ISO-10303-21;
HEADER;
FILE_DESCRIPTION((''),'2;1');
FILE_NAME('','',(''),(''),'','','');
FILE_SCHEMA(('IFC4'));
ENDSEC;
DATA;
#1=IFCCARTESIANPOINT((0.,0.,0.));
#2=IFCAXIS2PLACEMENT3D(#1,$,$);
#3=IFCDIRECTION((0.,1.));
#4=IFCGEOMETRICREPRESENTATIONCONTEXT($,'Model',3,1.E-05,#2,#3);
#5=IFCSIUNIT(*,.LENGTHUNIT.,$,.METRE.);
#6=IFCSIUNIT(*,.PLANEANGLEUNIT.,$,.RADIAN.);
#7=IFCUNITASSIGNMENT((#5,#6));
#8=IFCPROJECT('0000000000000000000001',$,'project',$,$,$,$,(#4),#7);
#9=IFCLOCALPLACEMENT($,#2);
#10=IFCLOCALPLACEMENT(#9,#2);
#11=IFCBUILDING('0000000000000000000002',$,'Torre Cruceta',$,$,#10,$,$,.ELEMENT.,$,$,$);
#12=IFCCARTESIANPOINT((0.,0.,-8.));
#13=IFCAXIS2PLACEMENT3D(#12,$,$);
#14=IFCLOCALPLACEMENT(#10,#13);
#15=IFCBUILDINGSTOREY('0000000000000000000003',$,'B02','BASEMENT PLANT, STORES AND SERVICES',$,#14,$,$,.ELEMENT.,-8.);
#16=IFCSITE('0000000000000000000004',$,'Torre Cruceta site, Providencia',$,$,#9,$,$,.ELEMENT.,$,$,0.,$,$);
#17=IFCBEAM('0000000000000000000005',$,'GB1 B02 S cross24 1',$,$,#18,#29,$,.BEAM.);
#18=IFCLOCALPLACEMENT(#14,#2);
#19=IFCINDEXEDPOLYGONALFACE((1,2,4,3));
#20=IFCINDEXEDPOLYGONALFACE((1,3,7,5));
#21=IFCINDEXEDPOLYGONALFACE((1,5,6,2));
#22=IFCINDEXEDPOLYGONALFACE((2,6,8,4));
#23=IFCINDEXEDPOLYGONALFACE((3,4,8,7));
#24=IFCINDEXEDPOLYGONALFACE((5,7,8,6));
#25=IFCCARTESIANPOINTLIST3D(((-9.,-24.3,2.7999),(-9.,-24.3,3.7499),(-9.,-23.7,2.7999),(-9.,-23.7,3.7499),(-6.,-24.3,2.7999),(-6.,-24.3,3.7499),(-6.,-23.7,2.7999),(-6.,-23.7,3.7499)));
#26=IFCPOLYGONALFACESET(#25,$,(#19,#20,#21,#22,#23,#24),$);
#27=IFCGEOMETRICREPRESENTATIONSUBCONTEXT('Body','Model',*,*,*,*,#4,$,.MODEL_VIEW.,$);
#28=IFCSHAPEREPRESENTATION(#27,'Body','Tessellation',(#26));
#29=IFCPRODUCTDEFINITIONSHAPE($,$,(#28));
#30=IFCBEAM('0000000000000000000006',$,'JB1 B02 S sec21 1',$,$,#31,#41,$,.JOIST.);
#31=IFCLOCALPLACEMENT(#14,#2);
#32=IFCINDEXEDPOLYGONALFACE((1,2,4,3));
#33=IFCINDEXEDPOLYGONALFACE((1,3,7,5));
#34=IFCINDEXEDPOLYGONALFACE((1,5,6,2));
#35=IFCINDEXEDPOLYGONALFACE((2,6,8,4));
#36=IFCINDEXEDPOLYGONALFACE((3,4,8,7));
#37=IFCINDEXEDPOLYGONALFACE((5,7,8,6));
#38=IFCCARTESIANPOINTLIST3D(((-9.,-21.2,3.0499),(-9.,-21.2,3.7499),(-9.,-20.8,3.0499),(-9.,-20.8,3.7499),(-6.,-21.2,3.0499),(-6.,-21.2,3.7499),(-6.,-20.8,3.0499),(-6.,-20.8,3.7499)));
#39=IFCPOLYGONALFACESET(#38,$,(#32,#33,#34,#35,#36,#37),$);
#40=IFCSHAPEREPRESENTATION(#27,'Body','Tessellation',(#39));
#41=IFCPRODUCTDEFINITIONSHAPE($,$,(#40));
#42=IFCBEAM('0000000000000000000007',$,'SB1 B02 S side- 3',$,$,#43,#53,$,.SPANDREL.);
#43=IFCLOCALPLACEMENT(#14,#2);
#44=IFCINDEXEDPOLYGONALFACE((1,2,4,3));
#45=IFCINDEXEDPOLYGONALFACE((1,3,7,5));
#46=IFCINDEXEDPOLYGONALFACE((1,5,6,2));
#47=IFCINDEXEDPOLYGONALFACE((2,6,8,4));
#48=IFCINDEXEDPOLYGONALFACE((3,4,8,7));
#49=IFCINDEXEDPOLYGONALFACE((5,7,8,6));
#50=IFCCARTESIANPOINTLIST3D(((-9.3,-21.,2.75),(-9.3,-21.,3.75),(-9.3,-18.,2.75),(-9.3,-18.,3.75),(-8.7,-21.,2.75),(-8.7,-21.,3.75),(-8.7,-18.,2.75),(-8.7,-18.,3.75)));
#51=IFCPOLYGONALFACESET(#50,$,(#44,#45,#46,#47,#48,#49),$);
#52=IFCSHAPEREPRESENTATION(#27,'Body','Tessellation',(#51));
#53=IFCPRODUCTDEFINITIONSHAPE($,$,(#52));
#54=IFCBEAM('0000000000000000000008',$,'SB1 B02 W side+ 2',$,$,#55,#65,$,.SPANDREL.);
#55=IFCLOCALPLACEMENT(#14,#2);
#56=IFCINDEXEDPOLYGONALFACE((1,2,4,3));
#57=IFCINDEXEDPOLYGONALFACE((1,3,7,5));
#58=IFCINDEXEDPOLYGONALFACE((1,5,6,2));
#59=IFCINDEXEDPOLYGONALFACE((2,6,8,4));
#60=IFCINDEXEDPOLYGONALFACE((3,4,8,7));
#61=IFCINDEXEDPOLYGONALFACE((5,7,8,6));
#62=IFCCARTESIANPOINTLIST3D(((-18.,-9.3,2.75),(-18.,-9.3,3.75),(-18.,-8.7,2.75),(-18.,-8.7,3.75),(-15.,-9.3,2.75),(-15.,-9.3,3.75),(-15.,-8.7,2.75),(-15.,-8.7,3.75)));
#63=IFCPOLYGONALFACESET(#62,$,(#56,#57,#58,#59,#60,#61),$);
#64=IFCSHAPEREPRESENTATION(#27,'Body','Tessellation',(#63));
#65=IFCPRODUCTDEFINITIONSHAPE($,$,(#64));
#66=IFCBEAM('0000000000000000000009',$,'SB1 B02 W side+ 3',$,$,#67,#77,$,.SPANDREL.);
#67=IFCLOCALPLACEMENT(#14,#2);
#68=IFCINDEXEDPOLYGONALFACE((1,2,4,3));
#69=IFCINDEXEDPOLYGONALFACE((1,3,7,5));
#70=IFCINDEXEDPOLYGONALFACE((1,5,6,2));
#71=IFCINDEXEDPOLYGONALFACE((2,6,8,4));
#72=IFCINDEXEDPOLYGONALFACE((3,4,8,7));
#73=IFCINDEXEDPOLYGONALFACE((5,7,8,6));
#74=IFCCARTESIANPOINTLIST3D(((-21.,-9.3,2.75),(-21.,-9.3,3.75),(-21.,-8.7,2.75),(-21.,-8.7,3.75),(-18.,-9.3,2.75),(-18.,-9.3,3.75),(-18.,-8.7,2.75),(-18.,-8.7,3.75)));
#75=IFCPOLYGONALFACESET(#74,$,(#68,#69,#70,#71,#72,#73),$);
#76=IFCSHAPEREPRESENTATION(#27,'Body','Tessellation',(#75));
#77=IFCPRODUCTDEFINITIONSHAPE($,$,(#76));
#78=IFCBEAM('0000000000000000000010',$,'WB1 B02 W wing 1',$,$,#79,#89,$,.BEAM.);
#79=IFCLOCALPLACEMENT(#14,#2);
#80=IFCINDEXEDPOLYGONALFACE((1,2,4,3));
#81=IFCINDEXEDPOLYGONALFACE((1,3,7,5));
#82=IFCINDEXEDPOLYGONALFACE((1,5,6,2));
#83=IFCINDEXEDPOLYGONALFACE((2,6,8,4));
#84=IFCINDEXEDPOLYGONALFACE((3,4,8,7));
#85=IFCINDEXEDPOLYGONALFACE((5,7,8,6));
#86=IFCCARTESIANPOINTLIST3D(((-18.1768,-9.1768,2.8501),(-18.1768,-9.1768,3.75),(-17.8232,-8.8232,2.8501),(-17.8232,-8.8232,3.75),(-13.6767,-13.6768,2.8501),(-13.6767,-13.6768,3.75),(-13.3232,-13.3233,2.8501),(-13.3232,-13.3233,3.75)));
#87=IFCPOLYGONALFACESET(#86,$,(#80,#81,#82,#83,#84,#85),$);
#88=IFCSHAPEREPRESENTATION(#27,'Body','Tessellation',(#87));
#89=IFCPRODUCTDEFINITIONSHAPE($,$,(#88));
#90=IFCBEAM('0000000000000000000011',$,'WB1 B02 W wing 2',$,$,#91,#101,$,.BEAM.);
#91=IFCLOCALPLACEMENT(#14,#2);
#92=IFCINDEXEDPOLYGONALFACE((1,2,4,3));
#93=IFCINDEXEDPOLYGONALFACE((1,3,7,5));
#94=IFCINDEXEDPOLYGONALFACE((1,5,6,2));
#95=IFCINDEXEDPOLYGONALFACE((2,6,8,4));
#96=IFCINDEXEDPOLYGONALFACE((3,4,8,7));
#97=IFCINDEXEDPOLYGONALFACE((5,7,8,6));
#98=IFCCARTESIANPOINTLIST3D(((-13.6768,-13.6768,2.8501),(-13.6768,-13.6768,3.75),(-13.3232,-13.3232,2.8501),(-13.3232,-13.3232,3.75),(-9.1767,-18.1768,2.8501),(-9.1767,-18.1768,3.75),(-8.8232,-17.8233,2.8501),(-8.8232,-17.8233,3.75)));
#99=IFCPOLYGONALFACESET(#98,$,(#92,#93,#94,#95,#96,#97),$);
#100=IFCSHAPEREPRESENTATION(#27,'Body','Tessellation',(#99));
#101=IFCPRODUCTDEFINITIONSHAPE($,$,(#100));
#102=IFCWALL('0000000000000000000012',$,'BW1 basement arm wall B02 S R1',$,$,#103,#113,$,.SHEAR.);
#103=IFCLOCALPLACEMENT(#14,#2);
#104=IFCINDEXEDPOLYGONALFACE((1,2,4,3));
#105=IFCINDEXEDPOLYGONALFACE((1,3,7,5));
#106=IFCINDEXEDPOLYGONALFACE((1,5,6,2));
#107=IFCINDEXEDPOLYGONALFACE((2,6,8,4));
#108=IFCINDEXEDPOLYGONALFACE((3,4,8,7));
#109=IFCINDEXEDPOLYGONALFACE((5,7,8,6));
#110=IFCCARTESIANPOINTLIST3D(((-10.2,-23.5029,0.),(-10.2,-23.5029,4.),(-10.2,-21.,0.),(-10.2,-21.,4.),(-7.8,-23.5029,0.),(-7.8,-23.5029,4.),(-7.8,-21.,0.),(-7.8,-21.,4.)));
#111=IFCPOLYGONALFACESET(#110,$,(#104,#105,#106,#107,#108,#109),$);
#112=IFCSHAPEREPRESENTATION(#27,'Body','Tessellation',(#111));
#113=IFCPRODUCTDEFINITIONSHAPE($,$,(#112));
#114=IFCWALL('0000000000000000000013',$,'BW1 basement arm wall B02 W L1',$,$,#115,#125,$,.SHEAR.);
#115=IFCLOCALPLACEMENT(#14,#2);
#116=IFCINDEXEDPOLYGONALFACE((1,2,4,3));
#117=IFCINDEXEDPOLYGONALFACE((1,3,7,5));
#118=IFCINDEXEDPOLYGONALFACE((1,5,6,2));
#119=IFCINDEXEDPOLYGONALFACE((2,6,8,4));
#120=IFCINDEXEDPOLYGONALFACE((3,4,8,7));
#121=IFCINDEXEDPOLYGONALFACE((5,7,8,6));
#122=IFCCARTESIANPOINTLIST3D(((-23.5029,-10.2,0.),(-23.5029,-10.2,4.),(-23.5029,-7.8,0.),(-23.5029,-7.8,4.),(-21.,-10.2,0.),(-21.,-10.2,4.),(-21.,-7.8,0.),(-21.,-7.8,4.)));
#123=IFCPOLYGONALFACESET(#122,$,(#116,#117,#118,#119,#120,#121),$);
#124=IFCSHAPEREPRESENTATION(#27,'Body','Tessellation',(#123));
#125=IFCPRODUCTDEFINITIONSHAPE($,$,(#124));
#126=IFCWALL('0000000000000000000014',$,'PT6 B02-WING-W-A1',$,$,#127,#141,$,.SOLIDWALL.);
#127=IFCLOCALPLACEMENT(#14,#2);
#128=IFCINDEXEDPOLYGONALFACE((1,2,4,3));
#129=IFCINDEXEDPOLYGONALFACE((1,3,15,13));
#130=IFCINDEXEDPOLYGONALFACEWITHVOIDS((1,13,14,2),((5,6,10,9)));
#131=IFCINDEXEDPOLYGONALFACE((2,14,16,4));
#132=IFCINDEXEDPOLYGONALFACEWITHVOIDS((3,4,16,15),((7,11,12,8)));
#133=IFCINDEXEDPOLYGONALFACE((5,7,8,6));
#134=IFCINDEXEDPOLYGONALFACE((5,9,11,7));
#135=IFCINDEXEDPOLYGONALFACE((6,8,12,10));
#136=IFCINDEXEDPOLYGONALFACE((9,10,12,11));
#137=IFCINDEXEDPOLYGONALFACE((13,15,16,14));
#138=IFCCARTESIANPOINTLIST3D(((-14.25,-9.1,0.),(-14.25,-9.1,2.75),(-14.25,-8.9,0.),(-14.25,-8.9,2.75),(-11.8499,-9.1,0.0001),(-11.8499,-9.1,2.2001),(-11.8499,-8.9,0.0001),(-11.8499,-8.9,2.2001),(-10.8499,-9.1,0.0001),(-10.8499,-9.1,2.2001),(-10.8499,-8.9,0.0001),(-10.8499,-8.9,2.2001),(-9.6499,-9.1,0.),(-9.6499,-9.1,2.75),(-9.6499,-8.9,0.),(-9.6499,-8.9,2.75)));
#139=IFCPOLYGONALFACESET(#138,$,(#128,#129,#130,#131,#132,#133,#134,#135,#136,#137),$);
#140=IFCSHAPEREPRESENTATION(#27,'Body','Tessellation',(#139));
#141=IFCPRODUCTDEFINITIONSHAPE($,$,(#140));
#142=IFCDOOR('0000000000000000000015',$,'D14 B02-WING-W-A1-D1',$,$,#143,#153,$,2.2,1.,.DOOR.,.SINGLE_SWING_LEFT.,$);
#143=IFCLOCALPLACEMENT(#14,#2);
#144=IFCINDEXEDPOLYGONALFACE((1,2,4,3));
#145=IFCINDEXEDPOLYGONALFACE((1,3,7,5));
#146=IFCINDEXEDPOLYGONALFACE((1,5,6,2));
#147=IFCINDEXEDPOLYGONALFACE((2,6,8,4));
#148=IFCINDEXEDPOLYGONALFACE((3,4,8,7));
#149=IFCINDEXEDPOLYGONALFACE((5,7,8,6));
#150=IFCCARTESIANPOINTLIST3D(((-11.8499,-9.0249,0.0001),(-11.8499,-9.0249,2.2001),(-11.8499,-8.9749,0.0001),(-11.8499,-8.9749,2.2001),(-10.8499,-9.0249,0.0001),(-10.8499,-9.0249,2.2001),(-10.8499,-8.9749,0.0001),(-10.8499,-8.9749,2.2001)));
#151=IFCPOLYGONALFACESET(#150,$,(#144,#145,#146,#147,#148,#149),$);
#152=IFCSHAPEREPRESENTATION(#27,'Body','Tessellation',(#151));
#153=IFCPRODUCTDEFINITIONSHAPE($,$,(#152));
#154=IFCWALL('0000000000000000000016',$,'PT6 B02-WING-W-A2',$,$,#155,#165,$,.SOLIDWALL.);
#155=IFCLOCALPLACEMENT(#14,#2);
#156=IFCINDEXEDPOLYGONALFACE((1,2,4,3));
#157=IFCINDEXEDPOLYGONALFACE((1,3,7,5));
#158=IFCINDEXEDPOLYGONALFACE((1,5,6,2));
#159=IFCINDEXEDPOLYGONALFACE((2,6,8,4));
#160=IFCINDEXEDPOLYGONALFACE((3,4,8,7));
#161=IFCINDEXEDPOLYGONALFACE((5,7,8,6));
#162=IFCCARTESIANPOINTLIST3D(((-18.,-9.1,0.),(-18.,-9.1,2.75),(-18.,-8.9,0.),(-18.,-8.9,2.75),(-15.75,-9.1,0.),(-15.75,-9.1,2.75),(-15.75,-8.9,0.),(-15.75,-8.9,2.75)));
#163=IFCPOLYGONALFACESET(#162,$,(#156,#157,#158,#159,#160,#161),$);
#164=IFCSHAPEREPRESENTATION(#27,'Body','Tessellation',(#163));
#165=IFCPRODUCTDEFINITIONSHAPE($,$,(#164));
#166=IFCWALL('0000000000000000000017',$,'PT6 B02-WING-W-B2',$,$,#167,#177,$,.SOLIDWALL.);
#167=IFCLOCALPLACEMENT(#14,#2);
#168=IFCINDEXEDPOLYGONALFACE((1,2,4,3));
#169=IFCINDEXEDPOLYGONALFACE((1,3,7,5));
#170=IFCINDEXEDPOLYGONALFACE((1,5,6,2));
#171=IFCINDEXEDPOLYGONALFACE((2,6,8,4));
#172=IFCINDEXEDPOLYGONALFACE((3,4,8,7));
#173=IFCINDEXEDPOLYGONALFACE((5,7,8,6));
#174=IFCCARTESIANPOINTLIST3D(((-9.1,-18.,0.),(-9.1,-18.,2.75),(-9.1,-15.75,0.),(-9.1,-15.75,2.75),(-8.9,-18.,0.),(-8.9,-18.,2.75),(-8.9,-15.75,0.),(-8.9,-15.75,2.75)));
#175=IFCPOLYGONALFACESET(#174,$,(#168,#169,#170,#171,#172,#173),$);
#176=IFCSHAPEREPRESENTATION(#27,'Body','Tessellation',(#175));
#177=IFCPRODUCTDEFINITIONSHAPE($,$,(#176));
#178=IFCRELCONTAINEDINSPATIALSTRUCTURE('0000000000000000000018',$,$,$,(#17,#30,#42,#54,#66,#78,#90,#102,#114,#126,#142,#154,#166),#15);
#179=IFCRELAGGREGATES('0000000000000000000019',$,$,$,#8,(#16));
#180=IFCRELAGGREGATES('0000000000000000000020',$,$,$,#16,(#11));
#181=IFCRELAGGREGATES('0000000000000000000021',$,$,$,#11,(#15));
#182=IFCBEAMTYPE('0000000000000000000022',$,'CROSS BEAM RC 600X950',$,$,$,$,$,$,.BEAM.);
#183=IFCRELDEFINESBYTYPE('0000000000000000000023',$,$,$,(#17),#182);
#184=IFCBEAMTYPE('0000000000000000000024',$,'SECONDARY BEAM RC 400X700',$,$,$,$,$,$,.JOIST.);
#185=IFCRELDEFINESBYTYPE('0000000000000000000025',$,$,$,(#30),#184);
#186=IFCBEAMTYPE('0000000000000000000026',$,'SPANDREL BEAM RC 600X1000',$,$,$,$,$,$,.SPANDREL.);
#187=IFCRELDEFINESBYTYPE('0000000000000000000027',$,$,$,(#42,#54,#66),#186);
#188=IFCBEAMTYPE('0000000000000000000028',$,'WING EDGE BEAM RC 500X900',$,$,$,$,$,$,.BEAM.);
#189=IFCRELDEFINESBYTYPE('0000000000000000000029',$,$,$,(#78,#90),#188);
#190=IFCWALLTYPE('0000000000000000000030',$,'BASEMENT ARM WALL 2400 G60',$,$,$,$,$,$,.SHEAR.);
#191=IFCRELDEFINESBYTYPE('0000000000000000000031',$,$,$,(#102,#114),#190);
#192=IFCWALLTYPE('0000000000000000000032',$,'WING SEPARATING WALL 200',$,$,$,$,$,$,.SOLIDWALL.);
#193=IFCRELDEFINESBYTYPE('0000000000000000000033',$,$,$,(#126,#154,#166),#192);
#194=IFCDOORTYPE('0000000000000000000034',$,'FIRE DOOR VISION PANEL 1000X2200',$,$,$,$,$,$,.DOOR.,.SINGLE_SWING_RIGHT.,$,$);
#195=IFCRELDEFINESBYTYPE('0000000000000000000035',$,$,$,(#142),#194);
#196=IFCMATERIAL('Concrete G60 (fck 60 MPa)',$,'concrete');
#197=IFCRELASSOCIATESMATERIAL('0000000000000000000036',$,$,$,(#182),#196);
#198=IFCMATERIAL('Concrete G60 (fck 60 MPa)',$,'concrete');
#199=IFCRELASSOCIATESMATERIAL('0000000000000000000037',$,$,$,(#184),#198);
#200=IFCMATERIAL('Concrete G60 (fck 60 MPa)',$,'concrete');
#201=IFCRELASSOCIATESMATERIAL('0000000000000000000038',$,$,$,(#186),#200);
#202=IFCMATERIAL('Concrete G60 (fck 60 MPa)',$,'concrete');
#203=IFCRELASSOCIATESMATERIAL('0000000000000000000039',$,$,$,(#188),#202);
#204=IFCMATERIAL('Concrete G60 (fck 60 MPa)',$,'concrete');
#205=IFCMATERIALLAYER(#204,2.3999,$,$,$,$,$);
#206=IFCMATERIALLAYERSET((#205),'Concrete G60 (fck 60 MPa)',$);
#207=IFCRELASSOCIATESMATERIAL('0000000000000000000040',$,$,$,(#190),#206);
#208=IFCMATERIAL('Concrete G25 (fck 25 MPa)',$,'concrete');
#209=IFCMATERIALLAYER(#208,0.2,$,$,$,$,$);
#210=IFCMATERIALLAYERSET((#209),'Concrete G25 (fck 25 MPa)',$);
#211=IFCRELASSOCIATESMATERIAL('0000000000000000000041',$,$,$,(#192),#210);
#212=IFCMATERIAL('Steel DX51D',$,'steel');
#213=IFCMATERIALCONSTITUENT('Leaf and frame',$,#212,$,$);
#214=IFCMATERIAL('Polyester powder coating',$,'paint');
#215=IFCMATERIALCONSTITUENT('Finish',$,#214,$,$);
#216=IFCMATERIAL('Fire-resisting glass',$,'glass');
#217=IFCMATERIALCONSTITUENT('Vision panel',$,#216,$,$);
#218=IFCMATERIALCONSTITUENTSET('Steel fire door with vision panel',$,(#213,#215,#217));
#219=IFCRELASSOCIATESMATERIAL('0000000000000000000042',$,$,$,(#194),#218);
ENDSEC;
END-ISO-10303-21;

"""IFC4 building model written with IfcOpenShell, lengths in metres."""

from ifc_helpers import new_model, si_unit, direction, frame, frame_2d, origin, origin_2d, place, context, subcontext, project, spatial, rectangle, extrude, material, layer, layer_set, constituent, constituent_set, material_profile, profile_set, type_object, element, fill, save


model = new_model("IFC4")

# Units and contexts
model_context = context("Model", 3, precision=1e-05, world=origin(), true_north=direction((0.0, 1.0)))
body_context = subcontext(model_context, "Body", "Model", "MODEL_VIEW")
ifc_project = project(units=[si_unit("LENGTHUNIT", "METRE"), si_unit("PLANEANGLEUNIT", "RADIAN")], contexts=[model_context])

# Site, building, storey
site_placement = place(None, origin())
site = spatial("IfcSite", under=ifc_project, at=site_placement, Name="Torre Cruceta site, Providencia", CompositionType="ELEMENT", RefElevation=0.0)
building_placement = place(site_placement, origin())
building = spatial("IfcBuilding", under=site, at=building_placement, Name="Torre Cruceta", CompositionType="ELEMENT")
storey_placement = place(building_placement, frame((0.0, 0.0, -8.0)))
storey = spatial("IfcBuildingStorey", under=building, at=storey_placement, Name="B02", Description="BASEMENT PLANT, STORES AND SERVICES", CompositionType="ELEMENT", Elevation=-8.0)

# Beams
ifc_material_1 = material(Name="Concrete G60 (fck 60 MPa)", Category="concrete")
ifc_material_profile_1 = material_profile(ifc_material_1, rectangle(XDim=0.6001, YDim=0.95, at=origin_2d()), Name="RC 600X950")
ifc_profile_set_1 = profile_set([ifc_material_profile_1], Name="Concrete G60 (fck 60 MPa)")
beam_type_1 = type_object("IfcBeamType", Name="CROSS BEAM RC 600X950", PredefinedType="BEAM", material=ifc_profile_set_1)
for number, where, z_axis, x_axis, name in (
    (1, (-9.0, -24.0, 3.2749), (1.0, 0.0, 0.0), (0.0, 1.0, 0.0), "GB1 B02 S cross24 1"),
):
    element("IfcBeam", number, at=place(storey_placement, frame(where, z_axis=z_axis, x_axis=x_axis)), inside=storey, type_object=beam_type_1, Name=name, PredefinedType="BEAM", context=body_context, shape_type="SweptSolid", body=[
        extrude(rectangle(XDim=0.6001, YDim=0.95, at=origin_2d()), origin(), (0.0, 0.0, 1.0), 3.0),
    ])
ifc_material_2 = material(Name="Concrete G60 (fck 60 MPa)", Category="concrete")
ifc_material_profile_2 = material_profile(ifc_material_2, rectangle(XDim=0.3999, YDim=0.7, at=origin_2d()), Name="RC 400X700")
ifc_profile_set_2 = profile_set([ifc_material_profile_2], Name="Concrete G60 (fck 60 MPa)")
beam_type_2 = type_object("IfcBeamType", Name="SECONDARY BEAM RC 400X700", PredefinedType="JOIST", material=ifc_profile_set_2)
beam_placement = place(storey_placement, frame((-9.0, -21.0, 3.3999), z_axis=(1.0, 0.0, 0.0), x_axis=(0.0, 1.0, 0.0)))
element("IfcBeam", 2, at=beam_placement, inside=storey, type_object=beam_type_2, Name="JB1 B02 S sec21 1", PredefinedType="JOIST", context=body_context, shape_type="SweptSolid", body=[
    extrude(rectangle(XDim=0.3999, YDim=0.7, at=origin_2d()), origin(), (0.0, 0.0, 1.0), 3.0),
])
ifc_material_3 = material(Name="Concrete G60 (fck 60 MPa)", Category="concrete")
ifc_material_profile_3 = material_profile(ifc_material_3, rectangle(XDim=0.6001, YDim=1.0, at=origin_2d()), Name="RC 600X1000")
ifc_profile_set_3 = profile_set([ifc_material_profile_3], Name="Concrete G60 (fck 60 MPa)")
beam_type_3 = type_object("IfcBeamType", Name="SPANDREL BEAM RC 600X1000", PredefinedType="SPANDREL", material=ifc_profile_set_3)
for number, where, z_axis, x_axis, name in (
    (3, (-9.0, -18.0, 3.25), (0.0, -1.0, 0.0), (1.0, 0.0, 0.0), "SB1 B02 S side- 3"),
    (4, (-15.0, -9.0, 3.25), (-1.0, 0.0, 0.0), (0.0, -1.0, 0.0), "SB1 B02 W side+ 2"),
    (5, (-18.0, -9.0, 3.25), (-1.0, 0.0, 0.0), (0.0, -1.0, 0.0), "SB1 B02 W side+ 3"),
):
    element("IfcBeam", number, at=place(storey_placement, frame(where, z_axis=z_axis, x_axis=x_axis)), inside=storey, type_object=beam_type_3, Name=name, PredefinedType="SPANDREL", context=body_context, shape_type="SweptSolid", body=[
        extrude(rectangle(XDim=0.6001, YDim=1.0, at=origin_2d()), origin(), (0.0, 0.0, 1.0), 3.0),
    ])
ifc_material_4 = material(Name="Concrete G60 (fck 60 MPa)", Category="concrete")
ifc_material_profile_4 = material_profile(ifc_material_4, rectangle(XDim=0.5, YDim=0.8999, at=origin_2d()), Name="RC 500X900")
ifc_profile_set_4 = profile_set([ifc_material_profile_4], Name="Concrete G60 (fck 60 MPa)")
beam_type_4 = type_object("IfcBeamType", Name="WING EDGE BEAM RC 500X900", PredefinedType="BEAM", material=ifc_profile_set_4)
for number, where, z_axis, x_axis, name in (
    (6, (-18.0, -9.0, 3.3), (0.707107, -0.707107, 0.0), (0.707107, 0.707107, 0.0), "WB1 B02 W wing 1"),
    (7, (-13.5, -13.5, 3.3), (0.707107, -0.707107, 0.0), (0.707107, 0.707107, 0.0), "WB1 B02 W wing 2"),
):
    element("IfcBeam", number, at=place(storey_placement, frame(where, z_axis=z_axis, x_axis=x_axis)), inside=storey, type_object=beam_type_4, Name=name, PredefinedType="BEAM", context=body_context, shape_type="SweptSolid", body=[
        extrude(rectangle(XDim=0.5, YDim=0.8999, at=origin_2d()), origin(), (0.0, 0.0, 1.0), 6.364),
    ])

# Walls
ifc_material_5 = material(Name="Concrete G60 (fck 60 MPa)", Category="concrete")
ifc_layer_1 = layer(ifc_material_5, 2.3999)
ifc_layer_set_1 = layer_set([ifc_layer_1], Name="Concrete G60 (fck 60 MPa)")
wall_type_1 = type_object("IfcWallType", Name="BASEMENT ARM WALL 2400 G60", PredefinedType="SHEAR", material=ifc_layer_set_1)
for number, where, z_axis, x_axis, name in (
    (8, (-9.0, -21.0, 0.0), (0.0, 0.0, 1.0), (0.0, -1.0, 0.0), "BW1 basement arm wall B02 S R1"),
    (9, (-21.0, -9.0, 0.0), (0.0, 0.0, 1.0), (-1.0, 0.0, 0.0), "BW1 basement arm wall B02 W L1"),
):
    element("IfcWall", number, at=place(storey_placement, frame(where, z_axis=z_axis, x_axis=x_axis)), inside=storey, type_object=wall_type_1, Name=name, PredefinedType="SHEAR", context=body_context, shape_type="SweptSolid", body=[
        extrude(rectangle(XDim=2.5029, YDim=2.3999, at=frame_2d((1.2515, 0.0))), origin(), (0.0, 0.0, 1.0), 4.0),
    ])

# Wall, opening, door
ifc_material_6 = material(Name="Concrete G25 (fck 25 MPa)", Category="concrete")
ifc_layer_2 = layer(ifc_material_6, 0.2)
ifc_layer_set_2 = layer_set([ifc_layer_2], Name="Concrete G25 (fck 25 MPa)")
wall_type_2 = type_object("IfcWallType", Name="WING SEPARATING WALL 200", PredefinedType="SOLIDWALL", material=ifc_layer_set_2)
wall_placement = place(storey_placement, frame((-9.6499, -9.0, 0.0), z_axis=(0.0, 0.0, 1.0), x_axis=(-1.0, 0.0, 0.0)))
wall = element("IfcWall", 10, at=wall_placement, inside=storey, type_object=wall_type_2, Name="PT6 B02-WING-W-A1", PredefinedType="SOLIDWALL", context=body_context, shape_type="SweptSolid", body=[
    extrude(rectangle(XDim=4.6001, YDim=0.2, at=frame_2d((2.3, 0.0))), origin(), (0.0, 0.0, 1.0), 2.75),
])
opening_placement = place(wall_placement, frame((1.2, 0.0, 0.0)))
opening = element("IfcOpeningElement", 11, at=opening_placement, cuts=wall, PredefinedType="OPENING", context=body_context, shape_type="SweptSolid", body=[
    extrude(rectangle(XDim=1.0, YDim=2.2, at=frame_2d((0.5, 1.1001))), frame((0.0, 0.1099, 0.0), z_axis=(0.0, -1.0, 0.0), x_axis=(1.0, 0.0, 0.0)), (0.0, 0.0, 1.0), 0.22),
])
ifc_material_7 = material(Name="Steel DX51D", Category="steel")
ifc_constituent_1 = constituent(ifc_material_7, Name="Leaf and frame")
ifc_material_8 = material(Name="Polyester powder coating", Category="paint")
ifc_constituent_2 = constituent(ifc_material_8, Name="Finish")
ifc_material_9 = material(Name="Fire-resisting glass", Category="glass")
ifc_constituent_3 = constituent(ifc_material_9, Name="Vision panel")
ifc_constituent_set = constituent_set(constituents=[ifc_constituent_1, ifc_constituent_2, ifc_constituent_3], Name="Steel fire door with vision panel")
door_type = type_object("IfcDoorType", Name="FIRE DOOR VISION PANEL 1000X2200", OperationType="SINGLE_SWING_RIGHT", PredefinedType="DOOR", material=ifc_constituent_set)
door_placement = place(opening_placement, origin())
door = element("IfcDoor", 12, at=door_placement, inside=storey, type_object=door_type, Name="D14 B02-WING-W-A1-D1", OperationType="SINGLE_SWING_LEFT", OverallHeight=2.2, OverallWidth=1.0, PredefinedType="DOOR", context=body_context, shape_type="SweptSolid", body=[
    extrude(rectangle(XDim=1.0, YDim=2.2, at=frame_2d((0.5, 1.1001))), frame((0.0, 0.0249, 0.0), z_axis=(0.0, -1.0, 0.0), x_axis=(1.0, 0.0, 0.0)), (0.0, 0.0, 1.0), 0.05),
])
fill(opening, door)

# Walls
for number, where, z_axis, x_axis, name in (
    (13, (-15.75, -9.0, 0.0), (0.0, 0.0, 1.0), (-1.0, 0.0, 0.0), "PT6 B02-WING-W-A2"),
    (14, (-9.0, -18.0, 0.0), (0.0, 0.0, 1.0), (0.0, 1.0, 0.0), "PT6 B02-WING-W-B2"),
):
    element("IfcWall", number, at=place(storey_placement, frame(where, z_axis=z_axis, x_axis=x_axis)), inside=storey, type_object=wall_type_2, Name=name, PredefinedType="SOLIDWALL", context=body_context, shape_type="SweptSolid", body=[
        extrude(rectangle(XDim=2.25, YDim=0.2, at=frame_2d((1.125, 0.0))), origin(), (0.0, 0.0, 1.0), 2.75),
    ])

save(model, "model.ifc")
